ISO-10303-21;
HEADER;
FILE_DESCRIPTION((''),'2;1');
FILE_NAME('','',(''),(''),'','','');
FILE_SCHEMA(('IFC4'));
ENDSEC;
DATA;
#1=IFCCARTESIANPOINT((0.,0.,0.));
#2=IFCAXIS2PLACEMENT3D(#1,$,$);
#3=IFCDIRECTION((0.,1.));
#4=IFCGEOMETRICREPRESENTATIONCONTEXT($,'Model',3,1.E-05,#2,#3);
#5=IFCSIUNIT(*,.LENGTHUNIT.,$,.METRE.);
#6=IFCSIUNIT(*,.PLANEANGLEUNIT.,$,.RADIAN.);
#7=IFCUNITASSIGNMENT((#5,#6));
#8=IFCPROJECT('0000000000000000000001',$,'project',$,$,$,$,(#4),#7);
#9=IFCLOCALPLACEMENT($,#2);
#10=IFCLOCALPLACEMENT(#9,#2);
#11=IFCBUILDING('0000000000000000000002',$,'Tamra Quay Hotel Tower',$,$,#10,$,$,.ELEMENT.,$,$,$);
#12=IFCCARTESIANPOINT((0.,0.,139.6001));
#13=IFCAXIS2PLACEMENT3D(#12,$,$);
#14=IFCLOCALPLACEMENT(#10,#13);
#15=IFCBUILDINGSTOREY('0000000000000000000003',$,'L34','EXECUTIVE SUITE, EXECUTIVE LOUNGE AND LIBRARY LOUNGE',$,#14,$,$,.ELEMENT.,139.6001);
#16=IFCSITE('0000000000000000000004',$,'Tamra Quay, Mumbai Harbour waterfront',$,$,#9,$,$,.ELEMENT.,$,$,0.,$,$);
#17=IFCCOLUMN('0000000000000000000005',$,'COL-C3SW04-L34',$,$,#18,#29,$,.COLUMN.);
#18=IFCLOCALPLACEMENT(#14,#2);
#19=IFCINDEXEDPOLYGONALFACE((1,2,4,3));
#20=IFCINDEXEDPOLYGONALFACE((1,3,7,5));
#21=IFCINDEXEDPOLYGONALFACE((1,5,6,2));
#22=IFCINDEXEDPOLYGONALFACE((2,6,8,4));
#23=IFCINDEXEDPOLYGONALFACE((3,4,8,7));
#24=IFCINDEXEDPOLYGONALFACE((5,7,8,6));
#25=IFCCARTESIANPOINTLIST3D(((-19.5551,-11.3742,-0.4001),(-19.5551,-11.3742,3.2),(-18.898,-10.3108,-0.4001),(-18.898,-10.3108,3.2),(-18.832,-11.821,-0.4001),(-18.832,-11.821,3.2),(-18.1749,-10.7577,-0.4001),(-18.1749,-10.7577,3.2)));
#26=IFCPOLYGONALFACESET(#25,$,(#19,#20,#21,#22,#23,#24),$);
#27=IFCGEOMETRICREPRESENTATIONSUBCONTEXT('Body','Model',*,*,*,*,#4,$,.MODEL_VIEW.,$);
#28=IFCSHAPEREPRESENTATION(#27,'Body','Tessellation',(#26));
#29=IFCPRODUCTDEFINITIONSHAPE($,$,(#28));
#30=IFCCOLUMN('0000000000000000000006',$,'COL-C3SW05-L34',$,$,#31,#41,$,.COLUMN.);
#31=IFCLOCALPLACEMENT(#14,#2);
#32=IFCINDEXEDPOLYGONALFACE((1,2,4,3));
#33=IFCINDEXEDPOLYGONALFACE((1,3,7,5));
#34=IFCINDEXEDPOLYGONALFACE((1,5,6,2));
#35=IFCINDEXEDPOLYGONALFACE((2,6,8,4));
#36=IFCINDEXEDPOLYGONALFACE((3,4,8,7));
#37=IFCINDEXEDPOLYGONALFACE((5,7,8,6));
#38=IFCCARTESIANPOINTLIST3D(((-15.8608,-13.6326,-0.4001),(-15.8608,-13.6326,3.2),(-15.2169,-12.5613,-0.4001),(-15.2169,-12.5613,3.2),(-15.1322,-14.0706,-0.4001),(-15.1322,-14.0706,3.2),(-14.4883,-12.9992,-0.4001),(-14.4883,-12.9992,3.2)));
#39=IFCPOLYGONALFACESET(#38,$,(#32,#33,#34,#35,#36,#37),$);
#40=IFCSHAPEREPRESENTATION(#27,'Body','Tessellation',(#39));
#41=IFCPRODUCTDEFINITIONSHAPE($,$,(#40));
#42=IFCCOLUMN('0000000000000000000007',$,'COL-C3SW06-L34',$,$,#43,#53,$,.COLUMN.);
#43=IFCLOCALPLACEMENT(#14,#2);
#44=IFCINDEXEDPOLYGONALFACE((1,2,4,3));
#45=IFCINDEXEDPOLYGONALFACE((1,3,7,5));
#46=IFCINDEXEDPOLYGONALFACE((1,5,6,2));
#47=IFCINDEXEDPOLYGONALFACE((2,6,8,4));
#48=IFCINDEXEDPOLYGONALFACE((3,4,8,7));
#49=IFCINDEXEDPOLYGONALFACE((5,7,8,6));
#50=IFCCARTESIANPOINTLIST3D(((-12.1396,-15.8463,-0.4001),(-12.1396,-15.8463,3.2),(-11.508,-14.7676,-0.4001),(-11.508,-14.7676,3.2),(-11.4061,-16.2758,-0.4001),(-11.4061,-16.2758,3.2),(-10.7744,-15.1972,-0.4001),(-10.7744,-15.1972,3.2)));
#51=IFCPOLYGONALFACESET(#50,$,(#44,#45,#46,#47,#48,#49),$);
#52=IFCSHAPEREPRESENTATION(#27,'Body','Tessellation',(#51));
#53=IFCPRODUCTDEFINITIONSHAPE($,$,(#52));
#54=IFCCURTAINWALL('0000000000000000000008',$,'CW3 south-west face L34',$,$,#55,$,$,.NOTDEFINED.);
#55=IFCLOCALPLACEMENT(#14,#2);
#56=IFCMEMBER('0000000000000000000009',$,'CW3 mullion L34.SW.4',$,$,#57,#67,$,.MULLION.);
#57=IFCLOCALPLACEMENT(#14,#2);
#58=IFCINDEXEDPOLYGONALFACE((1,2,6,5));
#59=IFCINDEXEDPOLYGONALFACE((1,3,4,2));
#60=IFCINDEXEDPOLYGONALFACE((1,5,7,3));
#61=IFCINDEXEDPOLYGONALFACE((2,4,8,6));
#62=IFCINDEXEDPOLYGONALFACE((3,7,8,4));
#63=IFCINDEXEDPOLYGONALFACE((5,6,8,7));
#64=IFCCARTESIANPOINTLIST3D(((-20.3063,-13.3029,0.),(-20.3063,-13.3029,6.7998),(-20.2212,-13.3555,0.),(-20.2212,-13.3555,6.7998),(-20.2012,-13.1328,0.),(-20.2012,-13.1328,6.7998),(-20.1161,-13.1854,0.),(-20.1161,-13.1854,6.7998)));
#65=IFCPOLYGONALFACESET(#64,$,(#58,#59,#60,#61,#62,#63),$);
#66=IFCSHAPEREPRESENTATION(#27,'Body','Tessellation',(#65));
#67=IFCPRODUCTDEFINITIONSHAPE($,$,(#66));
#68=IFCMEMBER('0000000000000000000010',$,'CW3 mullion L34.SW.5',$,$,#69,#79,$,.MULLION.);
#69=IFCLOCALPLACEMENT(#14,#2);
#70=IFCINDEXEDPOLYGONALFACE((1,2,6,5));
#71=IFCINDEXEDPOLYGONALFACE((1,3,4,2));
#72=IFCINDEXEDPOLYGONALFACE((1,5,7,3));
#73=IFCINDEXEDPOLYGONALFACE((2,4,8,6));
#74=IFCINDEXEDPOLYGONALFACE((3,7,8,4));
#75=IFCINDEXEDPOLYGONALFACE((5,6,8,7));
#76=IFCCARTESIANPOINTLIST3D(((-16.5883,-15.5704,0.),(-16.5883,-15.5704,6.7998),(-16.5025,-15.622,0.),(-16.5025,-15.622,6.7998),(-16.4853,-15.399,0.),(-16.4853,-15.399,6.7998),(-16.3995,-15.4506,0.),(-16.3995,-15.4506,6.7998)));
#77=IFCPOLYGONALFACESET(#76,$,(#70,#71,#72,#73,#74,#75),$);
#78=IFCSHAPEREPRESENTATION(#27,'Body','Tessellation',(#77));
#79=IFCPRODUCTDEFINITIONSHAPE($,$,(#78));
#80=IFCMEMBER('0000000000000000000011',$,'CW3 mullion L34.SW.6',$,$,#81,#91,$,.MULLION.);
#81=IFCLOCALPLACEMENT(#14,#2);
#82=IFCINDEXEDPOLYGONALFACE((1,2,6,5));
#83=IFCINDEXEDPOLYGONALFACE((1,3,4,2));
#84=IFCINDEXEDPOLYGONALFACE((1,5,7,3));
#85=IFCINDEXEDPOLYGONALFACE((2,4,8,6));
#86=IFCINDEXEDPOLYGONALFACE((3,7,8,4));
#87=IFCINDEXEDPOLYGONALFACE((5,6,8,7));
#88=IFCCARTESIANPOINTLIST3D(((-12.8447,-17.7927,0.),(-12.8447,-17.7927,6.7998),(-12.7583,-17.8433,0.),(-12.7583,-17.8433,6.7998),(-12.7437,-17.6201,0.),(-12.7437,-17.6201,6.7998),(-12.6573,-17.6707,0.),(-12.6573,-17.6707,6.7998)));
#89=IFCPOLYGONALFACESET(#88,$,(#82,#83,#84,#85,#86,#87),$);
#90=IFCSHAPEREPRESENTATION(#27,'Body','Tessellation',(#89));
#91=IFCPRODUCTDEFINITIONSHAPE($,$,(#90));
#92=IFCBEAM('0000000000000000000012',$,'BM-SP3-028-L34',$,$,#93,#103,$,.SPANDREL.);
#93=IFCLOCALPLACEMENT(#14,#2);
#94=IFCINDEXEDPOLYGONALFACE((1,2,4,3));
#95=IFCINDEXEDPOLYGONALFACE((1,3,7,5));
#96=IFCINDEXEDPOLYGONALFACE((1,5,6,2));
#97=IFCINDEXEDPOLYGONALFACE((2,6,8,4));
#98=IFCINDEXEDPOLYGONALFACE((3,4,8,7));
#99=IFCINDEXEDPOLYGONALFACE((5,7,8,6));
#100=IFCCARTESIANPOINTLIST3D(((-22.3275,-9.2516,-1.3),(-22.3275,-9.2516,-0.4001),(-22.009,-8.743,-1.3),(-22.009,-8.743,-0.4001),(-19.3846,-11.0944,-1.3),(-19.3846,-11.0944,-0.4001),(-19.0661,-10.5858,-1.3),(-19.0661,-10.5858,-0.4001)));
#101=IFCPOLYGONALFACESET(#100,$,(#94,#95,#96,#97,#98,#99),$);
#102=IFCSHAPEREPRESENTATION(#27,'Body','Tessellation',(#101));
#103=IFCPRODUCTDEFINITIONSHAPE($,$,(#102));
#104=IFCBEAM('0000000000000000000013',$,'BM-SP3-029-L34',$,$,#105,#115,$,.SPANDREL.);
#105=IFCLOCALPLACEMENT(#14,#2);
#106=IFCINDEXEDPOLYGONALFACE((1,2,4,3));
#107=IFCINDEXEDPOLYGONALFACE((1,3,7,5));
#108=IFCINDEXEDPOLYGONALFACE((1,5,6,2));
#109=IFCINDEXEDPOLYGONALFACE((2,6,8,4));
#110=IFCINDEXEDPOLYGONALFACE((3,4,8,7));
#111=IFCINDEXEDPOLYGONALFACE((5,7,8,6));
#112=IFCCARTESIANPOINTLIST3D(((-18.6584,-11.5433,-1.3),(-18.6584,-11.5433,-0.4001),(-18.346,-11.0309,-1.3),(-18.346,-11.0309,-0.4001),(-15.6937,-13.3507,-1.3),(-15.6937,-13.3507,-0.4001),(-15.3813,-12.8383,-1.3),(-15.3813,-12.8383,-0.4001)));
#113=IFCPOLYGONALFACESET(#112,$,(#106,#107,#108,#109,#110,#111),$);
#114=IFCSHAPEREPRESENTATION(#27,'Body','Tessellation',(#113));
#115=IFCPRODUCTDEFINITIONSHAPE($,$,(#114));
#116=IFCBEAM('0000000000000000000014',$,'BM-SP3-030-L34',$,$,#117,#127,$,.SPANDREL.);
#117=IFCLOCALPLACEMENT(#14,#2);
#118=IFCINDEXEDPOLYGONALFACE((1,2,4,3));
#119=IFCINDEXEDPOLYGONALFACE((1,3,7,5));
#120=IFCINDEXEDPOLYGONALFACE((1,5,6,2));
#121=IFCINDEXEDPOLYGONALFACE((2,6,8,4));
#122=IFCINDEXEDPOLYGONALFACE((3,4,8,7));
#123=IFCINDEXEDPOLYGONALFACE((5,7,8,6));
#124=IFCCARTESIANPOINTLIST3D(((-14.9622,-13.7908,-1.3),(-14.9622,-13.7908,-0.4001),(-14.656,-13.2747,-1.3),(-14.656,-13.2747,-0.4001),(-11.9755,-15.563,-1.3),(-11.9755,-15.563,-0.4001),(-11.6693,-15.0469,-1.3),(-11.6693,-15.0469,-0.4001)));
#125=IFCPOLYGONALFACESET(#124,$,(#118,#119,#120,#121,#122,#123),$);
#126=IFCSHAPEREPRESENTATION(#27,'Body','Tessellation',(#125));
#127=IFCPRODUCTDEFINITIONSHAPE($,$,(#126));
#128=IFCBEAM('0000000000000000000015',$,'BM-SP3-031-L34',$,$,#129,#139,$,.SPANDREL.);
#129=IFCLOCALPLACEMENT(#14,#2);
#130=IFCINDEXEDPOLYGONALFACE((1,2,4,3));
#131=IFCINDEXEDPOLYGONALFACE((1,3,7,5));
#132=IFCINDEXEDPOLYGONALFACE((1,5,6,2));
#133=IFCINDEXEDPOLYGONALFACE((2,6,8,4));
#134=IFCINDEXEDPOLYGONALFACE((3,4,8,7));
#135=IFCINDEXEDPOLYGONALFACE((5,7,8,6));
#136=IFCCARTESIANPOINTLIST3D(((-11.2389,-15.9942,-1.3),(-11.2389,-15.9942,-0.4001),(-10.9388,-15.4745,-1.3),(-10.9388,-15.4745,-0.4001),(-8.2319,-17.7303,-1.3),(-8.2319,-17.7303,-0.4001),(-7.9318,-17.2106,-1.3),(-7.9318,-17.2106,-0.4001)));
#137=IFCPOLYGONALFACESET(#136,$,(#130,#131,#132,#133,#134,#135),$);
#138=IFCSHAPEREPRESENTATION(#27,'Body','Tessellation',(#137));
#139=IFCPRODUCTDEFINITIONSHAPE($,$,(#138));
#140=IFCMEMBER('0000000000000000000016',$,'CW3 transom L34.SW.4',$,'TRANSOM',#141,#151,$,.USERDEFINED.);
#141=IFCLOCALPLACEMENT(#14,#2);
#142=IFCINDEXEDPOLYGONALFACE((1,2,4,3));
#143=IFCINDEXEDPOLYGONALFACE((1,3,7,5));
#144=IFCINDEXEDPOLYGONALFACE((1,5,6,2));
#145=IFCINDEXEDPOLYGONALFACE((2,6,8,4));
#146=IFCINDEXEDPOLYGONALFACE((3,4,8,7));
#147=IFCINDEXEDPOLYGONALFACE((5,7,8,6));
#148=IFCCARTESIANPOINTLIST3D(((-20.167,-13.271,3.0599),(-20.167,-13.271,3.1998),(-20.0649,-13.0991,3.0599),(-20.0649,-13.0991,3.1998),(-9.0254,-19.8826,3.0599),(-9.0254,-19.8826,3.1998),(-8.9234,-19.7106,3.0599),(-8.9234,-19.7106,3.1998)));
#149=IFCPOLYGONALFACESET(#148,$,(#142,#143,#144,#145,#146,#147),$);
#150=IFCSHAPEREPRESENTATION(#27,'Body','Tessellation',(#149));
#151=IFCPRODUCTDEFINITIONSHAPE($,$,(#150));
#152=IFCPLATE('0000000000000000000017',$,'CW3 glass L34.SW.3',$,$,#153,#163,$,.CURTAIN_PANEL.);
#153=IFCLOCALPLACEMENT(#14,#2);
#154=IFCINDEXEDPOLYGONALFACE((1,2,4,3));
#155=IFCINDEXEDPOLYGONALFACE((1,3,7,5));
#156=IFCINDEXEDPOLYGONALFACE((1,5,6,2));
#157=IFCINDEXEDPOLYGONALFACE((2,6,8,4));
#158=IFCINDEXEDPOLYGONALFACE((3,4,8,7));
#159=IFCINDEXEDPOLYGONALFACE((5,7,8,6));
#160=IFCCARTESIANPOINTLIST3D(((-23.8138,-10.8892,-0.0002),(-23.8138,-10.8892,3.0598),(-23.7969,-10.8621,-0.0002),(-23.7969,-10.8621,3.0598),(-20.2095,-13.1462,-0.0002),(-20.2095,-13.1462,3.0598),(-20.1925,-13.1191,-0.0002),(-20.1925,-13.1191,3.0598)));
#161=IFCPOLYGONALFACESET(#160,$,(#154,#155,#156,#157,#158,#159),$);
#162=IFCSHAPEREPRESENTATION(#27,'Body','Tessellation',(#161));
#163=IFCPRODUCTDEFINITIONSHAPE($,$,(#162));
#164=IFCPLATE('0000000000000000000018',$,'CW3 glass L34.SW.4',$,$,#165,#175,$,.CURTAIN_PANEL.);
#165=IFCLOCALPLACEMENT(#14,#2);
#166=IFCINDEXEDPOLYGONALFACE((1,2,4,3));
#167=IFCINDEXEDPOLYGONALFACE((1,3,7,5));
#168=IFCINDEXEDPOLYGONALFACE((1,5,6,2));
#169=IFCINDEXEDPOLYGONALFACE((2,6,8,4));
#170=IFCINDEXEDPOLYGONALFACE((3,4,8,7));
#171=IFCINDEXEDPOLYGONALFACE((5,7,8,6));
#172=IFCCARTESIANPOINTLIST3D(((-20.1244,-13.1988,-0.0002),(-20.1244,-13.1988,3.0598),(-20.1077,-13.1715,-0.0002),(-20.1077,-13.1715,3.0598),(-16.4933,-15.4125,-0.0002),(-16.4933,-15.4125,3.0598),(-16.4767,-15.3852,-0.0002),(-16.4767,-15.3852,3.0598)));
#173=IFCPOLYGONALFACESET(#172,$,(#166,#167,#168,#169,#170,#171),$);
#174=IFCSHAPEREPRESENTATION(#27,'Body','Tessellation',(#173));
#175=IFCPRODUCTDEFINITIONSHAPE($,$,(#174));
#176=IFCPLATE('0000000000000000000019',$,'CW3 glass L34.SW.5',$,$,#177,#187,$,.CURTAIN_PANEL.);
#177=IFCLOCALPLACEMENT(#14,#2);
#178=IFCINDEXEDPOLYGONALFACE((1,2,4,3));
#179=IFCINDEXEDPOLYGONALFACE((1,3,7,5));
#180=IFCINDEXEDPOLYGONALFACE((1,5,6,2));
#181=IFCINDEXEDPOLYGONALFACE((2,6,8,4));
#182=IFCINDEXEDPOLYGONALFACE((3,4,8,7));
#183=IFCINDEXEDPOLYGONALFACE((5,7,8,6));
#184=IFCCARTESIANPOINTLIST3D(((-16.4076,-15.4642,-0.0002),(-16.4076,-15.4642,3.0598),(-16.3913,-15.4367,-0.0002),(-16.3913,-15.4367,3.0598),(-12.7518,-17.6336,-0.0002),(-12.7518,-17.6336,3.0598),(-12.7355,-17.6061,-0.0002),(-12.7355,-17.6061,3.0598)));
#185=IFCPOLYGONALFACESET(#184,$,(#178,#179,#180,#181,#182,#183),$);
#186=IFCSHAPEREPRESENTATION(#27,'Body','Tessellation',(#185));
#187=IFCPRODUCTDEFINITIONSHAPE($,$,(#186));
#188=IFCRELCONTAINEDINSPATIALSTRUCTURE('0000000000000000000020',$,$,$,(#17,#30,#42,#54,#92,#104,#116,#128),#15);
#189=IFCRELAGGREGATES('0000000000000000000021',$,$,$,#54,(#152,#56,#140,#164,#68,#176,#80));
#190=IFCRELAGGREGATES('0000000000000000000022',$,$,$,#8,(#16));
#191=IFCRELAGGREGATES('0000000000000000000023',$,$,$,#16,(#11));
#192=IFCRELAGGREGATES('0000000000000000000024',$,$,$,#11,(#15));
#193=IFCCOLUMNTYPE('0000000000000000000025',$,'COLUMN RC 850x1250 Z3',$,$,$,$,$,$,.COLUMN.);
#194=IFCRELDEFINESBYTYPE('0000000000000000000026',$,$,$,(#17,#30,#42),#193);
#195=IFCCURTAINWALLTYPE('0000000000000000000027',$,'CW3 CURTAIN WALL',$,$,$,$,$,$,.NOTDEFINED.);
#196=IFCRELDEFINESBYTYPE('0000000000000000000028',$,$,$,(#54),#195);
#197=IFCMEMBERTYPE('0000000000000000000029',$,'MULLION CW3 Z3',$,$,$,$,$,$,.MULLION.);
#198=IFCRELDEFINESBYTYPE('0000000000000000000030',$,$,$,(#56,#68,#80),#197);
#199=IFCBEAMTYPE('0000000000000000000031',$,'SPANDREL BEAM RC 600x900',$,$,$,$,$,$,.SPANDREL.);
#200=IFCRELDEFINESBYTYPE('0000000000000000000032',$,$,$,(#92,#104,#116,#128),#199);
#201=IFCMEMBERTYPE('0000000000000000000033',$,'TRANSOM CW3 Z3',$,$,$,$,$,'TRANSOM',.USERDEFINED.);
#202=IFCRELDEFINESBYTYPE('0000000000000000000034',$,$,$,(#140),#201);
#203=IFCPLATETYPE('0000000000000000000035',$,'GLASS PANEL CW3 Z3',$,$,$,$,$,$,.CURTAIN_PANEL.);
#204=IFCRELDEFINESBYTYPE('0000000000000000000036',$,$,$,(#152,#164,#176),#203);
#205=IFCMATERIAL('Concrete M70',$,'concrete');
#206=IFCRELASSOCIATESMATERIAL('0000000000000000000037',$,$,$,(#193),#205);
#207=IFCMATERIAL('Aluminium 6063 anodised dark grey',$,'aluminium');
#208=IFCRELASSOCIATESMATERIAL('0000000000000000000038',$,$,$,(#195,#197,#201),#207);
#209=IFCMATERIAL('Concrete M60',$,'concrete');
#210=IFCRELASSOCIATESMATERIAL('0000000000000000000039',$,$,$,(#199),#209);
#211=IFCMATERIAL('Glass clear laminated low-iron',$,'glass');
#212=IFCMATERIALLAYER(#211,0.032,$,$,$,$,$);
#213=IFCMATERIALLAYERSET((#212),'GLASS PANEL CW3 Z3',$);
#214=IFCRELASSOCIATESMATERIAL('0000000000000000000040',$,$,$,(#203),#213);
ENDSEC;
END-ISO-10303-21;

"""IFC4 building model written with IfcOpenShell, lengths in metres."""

from ifc_helpers import new_model, si_unit, direction, frame, origin, origin_2d, place, context, subcontext, project, spatial, rectangle, extrude, material, layer, layer_set, material_profile, profile_set, type_object, element, aggregate, save


model = new_model("IFC4")

# Units and contexts
model_context = context("Model", 3, precision=1e-05, world=origin(), true_north=direction((0.0, 1.0)))
body_context = subcontext(model_context, "Body", "Model", "MODEL_VIEW")
ifc_project = project(units=[si_unit("LENGTHUNIT", "METRE"), si_unit("PLANEANGLEUNIT", "RADIAN")], contexts=[model_context])

# Site, building, storey
site_placement = place(None, origin())
site = spatial("IfcSite", under=ifc_project, at=site_placement, Name="Tamra Quay, Mumbai Harbour waterfront", CompositionType="ELEMENT", RefElevation=0.0)
building_placement = place(site_placement, origin())
building = spatial("IfcBuilding", under=site, at=building_placement, Name="Tamra Quay Hotel Tower", CompositionType="ELEMENT")
storey_placement = place(building_placement, frame((0.0, 0.0, 139.6001)))
storey = spatial("IfcBuildingStorey", under=building, at=storey_placement, Name="L34", Description="EXECUTIVE SUITE, EXECUTIVE LOUNGE AND LIBRARY LOUNGE", CompositionType="ELEMENT", Elevation=139.6001)

# Columns
ifc_material_1 = material(Name="Concrete M70", Category="concrete")
ifc_material_profile_1 = material_profile(ifc_material_1, rectangle(XDim=1.25, YDim=0.8501, at=origin_2d()), Name="COLUMN RC 850x1250 Z3")
ifc_profile_set_1 = profile_set([ifc_material_profile_1], Name="Concrete M70")
column_type = type_object("IfcColumnType", Name="COLUMN RC 850x1250 Z3", PredefinedType="COLUMN", material=ifc_profile_set_1)
for number, where, z_axis, x_axis, name in (
    (1, (-18.865, -11.0659, -0.4001), (0.0, 0.0, 1.0), (0.525677, 0.850685, 0.0), "COL-C3SW04-L34"),
    (2, (-15.1746, -13.3159, -0.4001), (0.0, 0.0, 1.0), (0.515162, 0.857093, 0.0), "COL-C3SW05-L34"),
    (3, (-11.457, -15.5217, -0.4001), (0.0, 0.0, 1.0), (0.505325, 0.862929, 0.0), "COL-C3SW06-L34"),
):
    element("IfcColumn", number, at=place(storey_placement, frame(where, z_axis=z_axis, x_axis=x_axis)), inside=storey, type_object=column_type, Name=name, PredefinedType="COLUMN", context=body_context, shape_type="SweptSolid", body=[
        extrude(rectangle(XDim=1.25, YDim=0.8501, at=origin_2d()), origin(), (0.0, 0.0, 1.0), 3.6001),
    ])

# Curtain wall, members
ifc_material_2 = material(Name="Aluminium 6063 anodised dark grey", Category="aluminium")
curtain_wall_type = type_object("IfcCurtainWallType", Name="CW3 CURTAIN WALL", PredefinedType="NOTDEFINED", material=ifc_material_2)
curtain_wall_placement = place(storey_placement, origin())
curtain_wall = element("IfcCurtainWall", 4, at=curtain_wall_placement, inside=storey, type_object=curtain_wall_type, Name="CW3 south-west face L34", PredefinedType="NOTDEFINED")
ifc_material_profile_2 = material_profile(ifc_material_2, rectangle(XDim=0.2, YDim=0.1001, at=origin_2d()), Name="MULLION 100X200")
ifc_profile_set_2 = profile_set([ifc_material_profile_2], Name="Aluminium 6063 anodised dark grey")
member_type_1 = type_object("IfcMemberType", Name="MULLION CW3 Z3", PredefinedType="MULLION", material=ifc_profile_set_2)
member_1_placement = place(storey_placement, frame((-20.2112, -13.2441, 0.0), z_axis=(0.0, 0.0, 1.0), x_axis=(-0.525646, -0.850703, 0.0)))
member_1 = element("IfcMember", 5, at=member_1_placement, type_object=member_type_1, Name="CW3 mullion L34.SW.4", PredefinedType="MULLION", context=body_context, shape_type="SweptSolid", body=[
    extrude(rectangle(XDim=0.2, YDim=0.1001, at=origin_2d()), origin(), (0.0, 0.0, 1.0), 6.7998),
])
member_2_placement = place(storey_placement, frame((-16.4939, -15.5105, 0.0), z_axis=(0.0, 0.0, 1.0), x_axis=(-0.515445, -0.856923, 0.0)))
member_2 = element("IfcMember", 6, at=member_2_placement, type_object=member_type_1, Name="CW3 mullion L34.SW.5", PredefinedType="MULLION", context=body_context, shape_type="SweptSolid", body=[
    extrude(rectangle(XDim=0.2, YDim=0.1001, at=origin_2d()), origin(), (0.0, 0.0, 1.0), 6.7998),
])
member_3_placement = place(storey_placement, frame((-12.751, -17.7317, 0.0), z_axis=(0.0, 0.0, 1.0), x_axis=(-0.505169, -0.863021, 0.0)))
member_3 = element("IfcMember", 7, at=member_3_placement, type_object=member_type_1, Name="CW3 mullion L34.SW.6", PredefinedType="MULLION", context=body_context, shape_type="SweptSolid", body=[
    extrude(rectangle(XDim=0.2, YDim=0.1001, at=origin_2d()), origin(), (0.0, 0.0, 1.0), 6.7998),
])

# Beams
ifc_material_3 = material(Name="Concrete M60", Category="concrete")
ifc_material_profile_3 = material_profile(ifc_material_3, rectangle(XDim=0.6001, YDim=0.8999, at=origin_2d()), Name="SPANDREL BEAM RC 600x900")
ifc_profile_set_3 = profile_set([ifc_material_profile_3], Name="Concrete M60")
beam_type = type_object("IfcBeamType", Name="SPANDREL BEAM RC 600x900", PredefinedType="SPANDREL", material=ifc_profile_set_3)
for number, where, z_axis, x_axis, name in (
    (8, (-22.1682, -8.9973, -0.8501), (0.847548, -0.530719, 0.0), (0.530719, 0.847548, 0.0), "BM-SP3-028-L34"),
    (9, (-18.5022, -11.2871, -0.8501), (0.853836, -0.520542, 0.0), (0.520542, 0.853836, 0.0), "BM-SP3-029-L34"),
):
    element("IfcBeam", number, at=place(storey_placement, frame(where, z_axis=z_axis, x_axis=x_axis)), inside=storey, type_object=beam_type, Name=name, PredefinedType="SPANDREL", context=body_context, shape_type="SweptSolid", body=[
        extrude(rectangle(XDim=0.6001, YDim=0.8999, at=origin_2d()), origin(), (0.0, 0.0, 1.0), 3.4722),
    ])
beam_1_placement = place(storey_placement, frame((-14.8091, -13.5327, -0.8501), z_axis=(0.859989, -0.510313, 0.0), x_axis=(0.510313, 0.859989, 0.0)))
element("IfcBeam", 10, at=beam_1_placement, inside=storey, type_object=beam_type, Name="BM-SP3-030-L34", PredefinedType="SPANDREL", context=body_context, shape_type="SweptSolid", body=[
    extrude(rectangle(XDim=0.6001, YDim=0.8999, at=origin_2d()), origin(), (0.0, 0.0, 1.0), 3.4729),
])
beam_2_placement = place(storey_placement, frame((-11.0889, -15.7344, -0.8501), z_axis=(0.866032, -0.499988, 0.0), x_axis=(0.499988, 0.866032, 0.0)))
element("IfcBeam", 11, at=beam_2_placement, inside=storey, type_object=beam_type, Name="BM-SP3-031-L34", PredefinedType="SPANDREL", context=body_context, shape_type="SweptSolid", body=[
    extrude(rectangle(XDim=0.6001, YDim=0.8999, at=origin_2d()), origin(), (0.0, 0.0, 1.0), 3.4722),
])

# Member
ifc_material_profile_4 = material_profile(ifc_material_2, rectangle(XDim=0.2, YDim=0.1399, at=origin_2d()), Name="TRANSOM 200X140")
ifc_profile_set_4 = profile_set([ifc_material_profile_4], Name="Aluminium 6063 anodised dark grey")
member_type_2 = type_object("IfcMemberType", Name="TRANSOM CW3 Z3", ElementType="TRANSOM", PredefinedType="USERDEFINED", material=ifc_profile_set_4)
member_4_placement = place(storey_placement, frame((-20.116, -13.1851, 3.1299), z_axis=(0.859982, -0.510325, 0.0), x_axis=(0.510325, 0.859982, 0.0)))
member_4 = element("IfcMember", 12, at=member_4_placement, type_object=member_type_2, Name="CW3 transom L34.SW.4", ObjectType="TRANSOM", PredefinedType="USERDEFINED", context=body_context, shape_type="SweptSolid", body=[
    extrude(rectangle(XDim=0.2, YDim=0.1399, at=origin_2d()), origin(), (0.0, 0.0, 1.0), 12.9556),
])

# Plates
ifc_material_4 = material(Name="Glass clear laminated low-iron", Category="glass")
ifc_layer_1 = layer(ifc_material_4, 0.032)
ifc_layer_set_1 = layer_set([ifc_layer_1], Name="GLASS PANEL CW3 Z3")
plate_type = type_object("IfcPlateType", Name="GLASS PANEL CW3 Z3", PredefinedType="CURTAIN_PANEL", material=ifc_layer_set_1)
plate_1_placement = place(storey_placement, frame((-22.0032, -12.0042, -0.0002), z_axis=(0.0, 0.0, 1.0), x_axis=(0.847546, -0.530722, 0.0)))
plate_1 = element("IfcPlate", 13, at=plate_1_placement, type_object=plate_type, Name="CW3 glass L34.SW.3", PredefinedType="CURTAIN_PANEL", context=body_context, shape_type="SweptSolid", body=[
    extrude(rectangle(XDim=4.2527, YDim=0.032, at=origin_2d()), origin(), (0.0, 0.0, 1.0), 3.0601),
])
plate_2_placement = place(storey_placement, frame((-18.3005, -14.292, -0.0002), z_axis=(0.0, 0.0, 1.0), x_axis=(0.85383, -0.520552, 0.0)))
plate_2 = element("IfcPlate", 14, at=plate_2_placement, type_object=plate_type, Name="CW3 glass L34.SW.4", PredefinedType="CURTAIN_PANEL", context=body_context, shape_type="SweptSolid", body=[
    extrude(rectangle(XDim=4.2527, YDim=0.032, at=origin_2d()), origin(), (0.0, 0.0, 1.0), 3.0601),
])
plate_3_placement = place(storey_placement, frame((-14.5715, -16.5352, -0.0002), z_axis=(0.0, 0.0, 1.0), x_axis=(0.859985, -0.510319, 0.0)))
plate_3 = element("IfcPlate", 15, at=plate_3_placement, type_object=plate_type, Name="CW3 glass L34.SW.5", PredefinedType="CURTAIN_PANEL", context=body_context, shape_type="SweptSolid", body=[
    extrude(rectangle(XDim=4.251, YDim=0.032, at=origin_2d()), origin(), (0.0, 0.0, 1.0), 3.0601),
])
aggregate(curtain_wall, [plate_1, member_1, member_4, plate_2, member_2, plate_3, member_3])

save(model, "model.ifc")
